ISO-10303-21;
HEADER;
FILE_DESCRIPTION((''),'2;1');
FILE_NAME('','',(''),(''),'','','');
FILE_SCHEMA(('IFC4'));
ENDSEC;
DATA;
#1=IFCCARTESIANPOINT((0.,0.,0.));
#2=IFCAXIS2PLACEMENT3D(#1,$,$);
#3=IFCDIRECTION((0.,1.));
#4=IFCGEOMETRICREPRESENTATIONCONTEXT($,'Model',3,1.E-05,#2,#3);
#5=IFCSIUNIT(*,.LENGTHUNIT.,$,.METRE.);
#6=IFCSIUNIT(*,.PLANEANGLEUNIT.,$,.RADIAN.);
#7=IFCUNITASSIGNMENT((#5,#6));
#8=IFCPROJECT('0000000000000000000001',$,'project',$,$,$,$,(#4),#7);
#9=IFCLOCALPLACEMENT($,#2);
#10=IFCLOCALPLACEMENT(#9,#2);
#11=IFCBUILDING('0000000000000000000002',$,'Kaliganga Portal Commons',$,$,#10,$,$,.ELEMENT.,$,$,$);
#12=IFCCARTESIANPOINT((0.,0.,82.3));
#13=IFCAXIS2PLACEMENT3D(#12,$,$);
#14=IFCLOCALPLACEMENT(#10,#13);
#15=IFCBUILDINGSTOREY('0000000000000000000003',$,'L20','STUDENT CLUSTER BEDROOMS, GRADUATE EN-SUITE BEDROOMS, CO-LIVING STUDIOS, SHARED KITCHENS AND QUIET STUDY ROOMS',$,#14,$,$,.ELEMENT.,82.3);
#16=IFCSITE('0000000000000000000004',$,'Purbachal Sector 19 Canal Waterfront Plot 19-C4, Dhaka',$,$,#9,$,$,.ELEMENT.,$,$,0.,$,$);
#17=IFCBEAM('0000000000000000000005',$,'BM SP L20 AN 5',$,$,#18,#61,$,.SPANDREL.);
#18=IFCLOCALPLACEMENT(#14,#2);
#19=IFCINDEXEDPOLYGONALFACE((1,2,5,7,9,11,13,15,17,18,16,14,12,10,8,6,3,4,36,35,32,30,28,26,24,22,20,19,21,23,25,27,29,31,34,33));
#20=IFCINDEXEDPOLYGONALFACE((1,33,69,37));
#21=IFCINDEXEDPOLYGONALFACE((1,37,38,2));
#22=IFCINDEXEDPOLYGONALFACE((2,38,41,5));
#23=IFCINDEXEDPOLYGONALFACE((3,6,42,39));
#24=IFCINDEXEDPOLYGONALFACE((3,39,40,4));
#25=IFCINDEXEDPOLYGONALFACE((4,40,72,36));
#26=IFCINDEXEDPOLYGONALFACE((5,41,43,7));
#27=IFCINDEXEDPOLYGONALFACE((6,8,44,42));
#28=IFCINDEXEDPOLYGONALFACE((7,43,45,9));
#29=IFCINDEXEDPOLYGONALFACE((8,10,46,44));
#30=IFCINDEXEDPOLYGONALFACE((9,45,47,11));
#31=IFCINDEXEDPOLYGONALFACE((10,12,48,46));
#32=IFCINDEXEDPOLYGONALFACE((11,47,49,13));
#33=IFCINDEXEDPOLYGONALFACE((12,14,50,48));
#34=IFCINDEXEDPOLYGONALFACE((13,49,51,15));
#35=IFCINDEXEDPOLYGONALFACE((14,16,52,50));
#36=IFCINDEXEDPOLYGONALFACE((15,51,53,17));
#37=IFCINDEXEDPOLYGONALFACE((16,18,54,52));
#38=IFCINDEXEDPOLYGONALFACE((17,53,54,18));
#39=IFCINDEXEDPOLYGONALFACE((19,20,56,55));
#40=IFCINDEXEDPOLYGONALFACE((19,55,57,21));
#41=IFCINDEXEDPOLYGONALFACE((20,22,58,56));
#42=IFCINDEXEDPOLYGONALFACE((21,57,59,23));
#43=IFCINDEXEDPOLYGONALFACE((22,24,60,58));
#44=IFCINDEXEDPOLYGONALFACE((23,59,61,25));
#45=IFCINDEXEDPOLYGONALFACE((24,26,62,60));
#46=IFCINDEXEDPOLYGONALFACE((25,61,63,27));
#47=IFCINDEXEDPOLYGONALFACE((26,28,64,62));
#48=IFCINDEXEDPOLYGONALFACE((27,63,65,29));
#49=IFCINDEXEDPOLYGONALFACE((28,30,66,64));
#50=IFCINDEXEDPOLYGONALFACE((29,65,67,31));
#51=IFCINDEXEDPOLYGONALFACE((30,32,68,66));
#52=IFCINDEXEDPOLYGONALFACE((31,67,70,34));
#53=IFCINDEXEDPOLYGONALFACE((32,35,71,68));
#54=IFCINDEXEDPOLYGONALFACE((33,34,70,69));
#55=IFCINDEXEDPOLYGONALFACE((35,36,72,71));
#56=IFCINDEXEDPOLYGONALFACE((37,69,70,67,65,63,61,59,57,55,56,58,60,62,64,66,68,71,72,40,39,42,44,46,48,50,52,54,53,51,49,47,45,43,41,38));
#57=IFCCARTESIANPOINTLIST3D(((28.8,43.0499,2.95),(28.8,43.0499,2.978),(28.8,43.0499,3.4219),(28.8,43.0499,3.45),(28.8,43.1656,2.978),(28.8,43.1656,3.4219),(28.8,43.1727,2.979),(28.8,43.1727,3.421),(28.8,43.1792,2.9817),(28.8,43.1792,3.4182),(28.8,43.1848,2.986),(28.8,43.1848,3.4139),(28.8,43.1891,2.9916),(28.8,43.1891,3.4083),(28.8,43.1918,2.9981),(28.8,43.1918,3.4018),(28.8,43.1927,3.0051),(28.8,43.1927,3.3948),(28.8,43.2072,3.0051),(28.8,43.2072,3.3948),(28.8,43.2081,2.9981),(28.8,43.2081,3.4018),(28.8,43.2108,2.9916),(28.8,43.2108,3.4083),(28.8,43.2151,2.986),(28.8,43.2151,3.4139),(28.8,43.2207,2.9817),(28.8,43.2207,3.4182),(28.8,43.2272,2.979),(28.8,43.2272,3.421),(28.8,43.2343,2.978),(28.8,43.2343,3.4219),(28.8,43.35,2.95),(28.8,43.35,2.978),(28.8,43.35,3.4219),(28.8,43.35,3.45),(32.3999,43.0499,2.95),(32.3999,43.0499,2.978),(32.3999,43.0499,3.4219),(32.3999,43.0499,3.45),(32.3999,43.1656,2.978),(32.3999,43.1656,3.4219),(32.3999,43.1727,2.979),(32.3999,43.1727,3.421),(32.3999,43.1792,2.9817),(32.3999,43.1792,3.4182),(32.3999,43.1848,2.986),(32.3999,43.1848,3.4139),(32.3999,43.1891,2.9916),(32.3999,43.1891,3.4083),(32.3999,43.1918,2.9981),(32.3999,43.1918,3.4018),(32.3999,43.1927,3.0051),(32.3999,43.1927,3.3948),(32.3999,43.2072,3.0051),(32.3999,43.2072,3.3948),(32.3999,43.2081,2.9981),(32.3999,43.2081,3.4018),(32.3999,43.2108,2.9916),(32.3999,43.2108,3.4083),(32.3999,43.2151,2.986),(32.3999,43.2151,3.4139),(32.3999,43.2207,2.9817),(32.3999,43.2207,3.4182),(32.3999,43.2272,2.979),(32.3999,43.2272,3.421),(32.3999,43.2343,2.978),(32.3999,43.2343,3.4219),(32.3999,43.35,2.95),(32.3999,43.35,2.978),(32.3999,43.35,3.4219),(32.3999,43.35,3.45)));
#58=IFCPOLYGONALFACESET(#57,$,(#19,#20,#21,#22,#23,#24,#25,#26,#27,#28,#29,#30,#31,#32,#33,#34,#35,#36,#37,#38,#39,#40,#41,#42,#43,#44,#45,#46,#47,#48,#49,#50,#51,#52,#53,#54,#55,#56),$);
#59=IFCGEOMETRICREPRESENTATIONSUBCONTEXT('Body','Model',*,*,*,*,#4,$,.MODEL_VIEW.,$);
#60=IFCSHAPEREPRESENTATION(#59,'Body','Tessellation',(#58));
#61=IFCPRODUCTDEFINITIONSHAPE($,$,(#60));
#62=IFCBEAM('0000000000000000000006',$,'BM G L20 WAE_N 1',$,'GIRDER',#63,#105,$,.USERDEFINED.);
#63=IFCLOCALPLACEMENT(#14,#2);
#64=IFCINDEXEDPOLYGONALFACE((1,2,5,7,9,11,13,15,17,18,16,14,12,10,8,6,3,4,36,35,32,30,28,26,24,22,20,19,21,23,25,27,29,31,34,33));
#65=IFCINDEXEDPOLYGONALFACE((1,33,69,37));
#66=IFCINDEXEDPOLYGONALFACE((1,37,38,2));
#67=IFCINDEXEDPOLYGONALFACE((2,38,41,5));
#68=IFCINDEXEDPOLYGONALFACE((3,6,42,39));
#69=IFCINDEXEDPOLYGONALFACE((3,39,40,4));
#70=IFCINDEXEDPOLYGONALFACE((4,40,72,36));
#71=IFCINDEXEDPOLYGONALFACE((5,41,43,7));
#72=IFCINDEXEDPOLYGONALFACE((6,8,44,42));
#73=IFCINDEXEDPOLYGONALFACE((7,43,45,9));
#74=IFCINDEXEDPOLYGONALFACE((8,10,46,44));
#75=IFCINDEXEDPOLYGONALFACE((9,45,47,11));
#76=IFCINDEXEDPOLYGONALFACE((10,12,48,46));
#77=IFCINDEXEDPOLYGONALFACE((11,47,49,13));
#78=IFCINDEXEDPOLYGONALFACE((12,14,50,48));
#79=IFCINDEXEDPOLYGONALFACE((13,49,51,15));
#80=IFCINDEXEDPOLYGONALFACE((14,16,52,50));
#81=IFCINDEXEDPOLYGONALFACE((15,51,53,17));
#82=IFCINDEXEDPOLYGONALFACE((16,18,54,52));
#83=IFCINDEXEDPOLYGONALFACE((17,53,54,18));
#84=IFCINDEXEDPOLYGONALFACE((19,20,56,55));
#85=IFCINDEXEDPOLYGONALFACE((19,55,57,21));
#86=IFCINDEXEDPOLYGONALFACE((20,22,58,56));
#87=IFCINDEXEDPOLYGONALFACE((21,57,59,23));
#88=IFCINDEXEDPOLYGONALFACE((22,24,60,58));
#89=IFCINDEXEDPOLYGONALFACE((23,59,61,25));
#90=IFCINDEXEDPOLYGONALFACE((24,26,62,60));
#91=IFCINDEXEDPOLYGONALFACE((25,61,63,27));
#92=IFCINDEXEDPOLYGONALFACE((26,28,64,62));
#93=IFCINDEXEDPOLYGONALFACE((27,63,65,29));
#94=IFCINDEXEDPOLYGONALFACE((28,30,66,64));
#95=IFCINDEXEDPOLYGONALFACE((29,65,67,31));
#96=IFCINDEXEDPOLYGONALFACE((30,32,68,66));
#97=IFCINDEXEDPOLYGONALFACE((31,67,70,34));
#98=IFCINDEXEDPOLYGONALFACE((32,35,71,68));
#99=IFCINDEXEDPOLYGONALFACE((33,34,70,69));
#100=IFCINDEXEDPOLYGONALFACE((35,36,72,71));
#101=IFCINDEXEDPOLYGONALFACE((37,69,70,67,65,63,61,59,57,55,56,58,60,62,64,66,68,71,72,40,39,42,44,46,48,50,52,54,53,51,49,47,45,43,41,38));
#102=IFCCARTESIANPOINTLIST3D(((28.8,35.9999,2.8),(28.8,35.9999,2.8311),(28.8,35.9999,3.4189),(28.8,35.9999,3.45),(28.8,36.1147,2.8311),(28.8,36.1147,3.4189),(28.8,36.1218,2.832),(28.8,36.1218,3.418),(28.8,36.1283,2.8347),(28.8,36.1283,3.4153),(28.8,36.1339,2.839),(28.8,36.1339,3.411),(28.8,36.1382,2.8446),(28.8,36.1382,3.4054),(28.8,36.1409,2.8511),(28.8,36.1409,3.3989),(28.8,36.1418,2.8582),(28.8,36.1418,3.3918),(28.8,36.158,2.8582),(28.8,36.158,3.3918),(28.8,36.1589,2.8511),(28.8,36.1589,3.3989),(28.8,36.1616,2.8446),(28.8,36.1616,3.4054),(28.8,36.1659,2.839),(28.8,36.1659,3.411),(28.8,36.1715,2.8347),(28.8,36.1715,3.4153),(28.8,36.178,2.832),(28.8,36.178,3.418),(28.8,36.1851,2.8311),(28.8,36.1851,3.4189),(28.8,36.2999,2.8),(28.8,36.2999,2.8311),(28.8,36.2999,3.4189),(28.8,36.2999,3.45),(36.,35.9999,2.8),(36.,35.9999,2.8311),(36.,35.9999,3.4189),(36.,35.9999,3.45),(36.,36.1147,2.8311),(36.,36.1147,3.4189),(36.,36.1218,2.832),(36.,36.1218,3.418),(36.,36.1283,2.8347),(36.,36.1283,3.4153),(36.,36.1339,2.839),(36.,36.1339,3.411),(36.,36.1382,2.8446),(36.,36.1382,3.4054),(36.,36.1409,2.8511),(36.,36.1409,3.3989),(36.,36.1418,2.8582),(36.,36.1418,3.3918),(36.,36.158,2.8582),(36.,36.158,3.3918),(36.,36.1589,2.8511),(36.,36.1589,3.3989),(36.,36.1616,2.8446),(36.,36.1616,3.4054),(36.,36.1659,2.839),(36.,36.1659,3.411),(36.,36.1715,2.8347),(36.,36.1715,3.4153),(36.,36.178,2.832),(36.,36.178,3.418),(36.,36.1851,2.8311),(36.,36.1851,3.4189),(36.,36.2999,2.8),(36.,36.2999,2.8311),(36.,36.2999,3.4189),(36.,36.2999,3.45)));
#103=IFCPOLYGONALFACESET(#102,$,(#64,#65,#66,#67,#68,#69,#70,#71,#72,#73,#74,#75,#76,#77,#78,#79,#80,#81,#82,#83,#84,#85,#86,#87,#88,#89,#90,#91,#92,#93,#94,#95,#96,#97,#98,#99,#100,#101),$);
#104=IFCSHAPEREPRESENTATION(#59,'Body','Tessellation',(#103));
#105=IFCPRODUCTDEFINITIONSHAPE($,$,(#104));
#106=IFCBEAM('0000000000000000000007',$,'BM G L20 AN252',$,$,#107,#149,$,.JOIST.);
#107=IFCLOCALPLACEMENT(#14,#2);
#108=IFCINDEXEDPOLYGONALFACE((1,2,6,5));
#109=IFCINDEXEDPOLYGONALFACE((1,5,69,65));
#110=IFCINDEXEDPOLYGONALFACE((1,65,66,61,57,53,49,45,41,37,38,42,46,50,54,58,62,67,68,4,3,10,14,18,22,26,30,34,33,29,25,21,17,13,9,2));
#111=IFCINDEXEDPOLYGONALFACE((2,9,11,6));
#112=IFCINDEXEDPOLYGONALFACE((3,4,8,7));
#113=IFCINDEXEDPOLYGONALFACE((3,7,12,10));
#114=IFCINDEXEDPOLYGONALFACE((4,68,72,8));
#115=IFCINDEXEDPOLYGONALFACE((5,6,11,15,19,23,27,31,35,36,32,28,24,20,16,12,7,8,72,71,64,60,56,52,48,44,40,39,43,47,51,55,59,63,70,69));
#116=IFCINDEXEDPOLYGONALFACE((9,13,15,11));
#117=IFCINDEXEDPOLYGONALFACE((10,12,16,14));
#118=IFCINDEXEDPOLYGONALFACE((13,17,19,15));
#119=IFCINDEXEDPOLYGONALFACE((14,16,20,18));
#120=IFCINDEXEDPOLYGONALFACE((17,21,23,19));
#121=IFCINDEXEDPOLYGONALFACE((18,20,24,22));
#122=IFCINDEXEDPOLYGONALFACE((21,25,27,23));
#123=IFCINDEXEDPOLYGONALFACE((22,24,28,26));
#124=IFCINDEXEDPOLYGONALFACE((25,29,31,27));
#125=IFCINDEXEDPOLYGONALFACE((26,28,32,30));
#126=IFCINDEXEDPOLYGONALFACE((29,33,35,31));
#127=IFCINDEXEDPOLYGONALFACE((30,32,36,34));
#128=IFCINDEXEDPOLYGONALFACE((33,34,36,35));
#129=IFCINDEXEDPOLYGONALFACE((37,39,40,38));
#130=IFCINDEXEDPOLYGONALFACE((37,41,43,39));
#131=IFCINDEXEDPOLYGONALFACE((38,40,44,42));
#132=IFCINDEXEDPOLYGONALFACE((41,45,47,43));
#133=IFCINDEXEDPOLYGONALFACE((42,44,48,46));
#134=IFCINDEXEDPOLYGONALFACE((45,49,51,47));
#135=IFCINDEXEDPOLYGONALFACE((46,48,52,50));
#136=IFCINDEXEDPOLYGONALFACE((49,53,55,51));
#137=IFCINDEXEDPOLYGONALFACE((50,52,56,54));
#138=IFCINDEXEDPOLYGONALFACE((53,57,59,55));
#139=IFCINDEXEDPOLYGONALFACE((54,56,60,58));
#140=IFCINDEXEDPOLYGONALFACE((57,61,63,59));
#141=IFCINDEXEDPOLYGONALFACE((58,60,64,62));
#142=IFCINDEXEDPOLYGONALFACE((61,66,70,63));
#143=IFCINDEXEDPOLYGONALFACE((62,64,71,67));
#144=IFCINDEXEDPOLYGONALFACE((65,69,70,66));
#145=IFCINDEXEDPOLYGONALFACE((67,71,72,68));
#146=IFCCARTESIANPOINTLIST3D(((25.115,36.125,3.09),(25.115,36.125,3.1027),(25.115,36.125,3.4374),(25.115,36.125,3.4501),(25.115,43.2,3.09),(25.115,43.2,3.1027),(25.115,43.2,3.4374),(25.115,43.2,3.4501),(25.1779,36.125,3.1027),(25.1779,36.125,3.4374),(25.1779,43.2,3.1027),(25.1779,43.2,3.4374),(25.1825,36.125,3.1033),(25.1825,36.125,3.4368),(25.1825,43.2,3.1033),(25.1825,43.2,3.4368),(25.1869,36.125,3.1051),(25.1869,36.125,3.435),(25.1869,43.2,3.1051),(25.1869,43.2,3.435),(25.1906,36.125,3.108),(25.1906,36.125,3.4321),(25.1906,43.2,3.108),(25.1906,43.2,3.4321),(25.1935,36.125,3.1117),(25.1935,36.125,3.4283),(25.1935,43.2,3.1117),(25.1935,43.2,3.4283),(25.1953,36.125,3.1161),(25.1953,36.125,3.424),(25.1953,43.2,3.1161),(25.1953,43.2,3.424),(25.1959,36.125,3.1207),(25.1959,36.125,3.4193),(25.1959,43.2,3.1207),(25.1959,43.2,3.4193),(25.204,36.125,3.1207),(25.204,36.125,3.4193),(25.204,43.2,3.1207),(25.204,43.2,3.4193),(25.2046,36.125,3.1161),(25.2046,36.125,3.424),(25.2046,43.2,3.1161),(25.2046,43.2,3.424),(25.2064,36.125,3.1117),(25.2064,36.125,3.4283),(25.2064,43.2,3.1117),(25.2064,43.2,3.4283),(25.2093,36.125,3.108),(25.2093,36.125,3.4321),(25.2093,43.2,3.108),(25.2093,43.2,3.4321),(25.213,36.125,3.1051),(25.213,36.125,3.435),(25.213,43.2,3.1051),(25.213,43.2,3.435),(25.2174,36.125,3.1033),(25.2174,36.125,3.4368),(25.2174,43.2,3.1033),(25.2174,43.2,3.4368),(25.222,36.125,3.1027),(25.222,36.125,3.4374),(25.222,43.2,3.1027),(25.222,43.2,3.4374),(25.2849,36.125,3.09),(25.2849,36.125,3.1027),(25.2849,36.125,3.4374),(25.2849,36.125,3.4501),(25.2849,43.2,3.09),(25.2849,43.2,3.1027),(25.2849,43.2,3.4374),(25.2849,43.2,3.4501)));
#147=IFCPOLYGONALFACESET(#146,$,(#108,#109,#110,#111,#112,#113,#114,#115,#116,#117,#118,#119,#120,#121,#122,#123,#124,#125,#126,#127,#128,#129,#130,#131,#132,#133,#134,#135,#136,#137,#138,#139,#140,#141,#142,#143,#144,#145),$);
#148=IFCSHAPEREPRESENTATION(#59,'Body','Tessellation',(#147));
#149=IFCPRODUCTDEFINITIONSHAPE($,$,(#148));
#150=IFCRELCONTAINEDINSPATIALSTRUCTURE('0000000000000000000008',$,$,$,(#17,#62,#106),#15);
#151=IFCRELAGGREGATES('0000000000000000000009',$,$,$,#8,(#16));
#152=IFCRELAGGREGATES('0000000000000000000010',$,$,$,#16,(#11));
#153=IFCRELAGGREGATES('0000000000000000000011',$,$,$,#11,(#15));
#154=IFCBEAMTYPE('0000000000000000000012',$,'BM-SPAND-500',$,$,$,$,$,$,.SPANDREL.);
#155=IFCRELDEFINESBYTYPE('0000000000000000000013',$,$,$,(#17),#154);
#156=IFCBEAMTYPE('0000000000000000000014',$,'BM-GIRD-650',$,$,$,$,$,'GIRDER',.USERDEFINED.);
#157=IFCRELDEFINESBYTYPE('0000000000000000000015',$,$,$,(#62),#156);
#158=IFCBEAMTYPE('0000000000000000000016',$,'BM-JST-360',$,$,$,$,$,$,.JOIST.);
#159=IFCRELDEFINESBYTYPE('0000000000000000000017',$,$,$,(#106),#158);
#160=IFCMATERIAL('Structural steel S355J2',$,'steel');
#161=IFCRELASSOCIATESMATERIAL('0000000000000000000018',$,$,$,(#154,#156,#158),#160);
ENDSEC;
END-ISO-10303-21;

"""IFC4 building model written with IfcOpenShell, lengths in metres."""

from ifc_helpers import new_model, si_unit, direction, frame, origin, origin_2d, place, context, subcontext, project, spatial, i_section, extrude, source, transform, mapped, material, material_profile, profile_set, type_object, element, save


model = new_model("IFC4")

# Units and contexts
model_context = context("Model", 3, precision=1e-05, world=origin(), true_north=direction((0.0, 1.0)))
body_context = subcontext(model_context, "Body", "Model", "MODEL_VIEW")
ifc_project = project(units=[si_unit("LENGTHUNIT", "METRE"), si_unit("PLANEANGLEUNIT", "RADIAN")], contexts=[model_context])

# Site, building, storey
site_placement = place(None, origin())
site = spatial("IfcSite", under=ifc_project, at=site_placement, Name="Purbachal Sector 19 Canal Waterfront Plot 19-C4, Dhaka", CompositionType="ELEMENT", RefElevation=0.0)
building_placement = place(site_placement, origin())
building = spatial("IfcBuilding", under=site, at=building_placement, Name="Kaliganga Portal Commons", CompositionType="ELEMENT")
storey_placement = place(building_placement, frame((0.0, 0.0, 82.3)))
storey = spatial("IfcBuildingStorey", under=building, at=storey_placement, Name="L20", Description="STUDENT CLUSTER BEDROOMS, GRADUATE EN-SUITE BEDROOMS, CO-LIVING STUDIOS, SHARED KITCHENS AND QUIET STUDY ROOMS", CompositionType="ELEMENT", Elevation=82.3)

# Beams
ifc_material_1 = material(Name="Structural steel S355J2", Category="steel")
ifc_material_profile_1 = material_profile(ifc_material_1, i_section(OverallWidth=0.3, OverallDepth=0.5, WebThickness=0.0144, FlangeThickness=0.0281, FilletRadius=0.0271, at=origin_2d()), Name="HE 500 B")
ifc_profile_set_1 = profile_set([ifc_material_profile_1], Name="Structural steel S355J2 wide-flange")
beam_type_1 = type_object("IfcBeamType", Name="BM-SPAND-500", PredefinedType="SPANDREL", material=ifc_profile_set_1)
shared_shape_1 = source(origin(), body_context, "Body", "SweptSolid", [
    extrude(i_section(OverallWidth=0.3, OverallDepth=0.5, WebThickness=0.0144, FlangeThickness=0.0281, FilletRadius=0.0271, at=origin_2d()), origin(), (0.0, 0.0, 1.0), 3.5999),
])
for number, where, z_axis, x_axis, name in (
    (1, (28.8, 43.2, 3.2), (1.0, 0.0, 0.0), (0.0, 1.0, 0.0), "BM SP L20 AN 5"),
):
    element("IfcBeam", number, at=place(storey_placement, frame(where, z_axis=z_axis, x_axis=x_axis)), inside=storey, type_object=beam_type_1, Name=name, PredefinedType="SPANDREL", context=body_context, shape_type="MappedRepresentation", body=[
        mapped(shared_shape_1, transform((0.0, 0.0, 0.0), x_axis=(1.0, 0.0, 0.0), y_axis=(0.0, 1.0, 0.0), z_axis=(0.0, 0.0, 1.0), scale=1.0)),
    ])
ifc_material_profile_2 = material_profile(ifc_material_1, i_section(OverallWidth=0.3, OverallDepth=0.6499, WebThickness=0.0161, FlangeThickness=0.031, FilletRadius=0.0271, at=origin_2d()), Name="HE 650 B")
ifc_profile_set_2 = profile_set([ifc_material_profile_2], Name="Structural steel S355J2 wide-flange")
beam_type_2 = type_object("IfcBeamType", Name="BM-GIRD-650", ElementType="GIRDER", PredefinedType="USERDEFINED", material=ifc_profile_set_2)
shared_shape_2 = source(origin(), body_context, "Body", "SweptSolid", [
    extrude(i_section(OverallWidth=0.3, OverallDepth=0.6499, WebThickness=0.0161, FlangeThickness=0.031, FilletRadius=0.0271, at=origin_2d()), origin(), (0.0, 0.0, 1.0), 7.2),
])
beam_1_placement = place(storey_placement, frame((28.8, 36.1499, 3.125), z_axis=(1.0, 0.0, 0.0), x_axis=(0.0, 1.0, 0.0)))
element("IfcBeam", 2, at=beam_1_placement, inside=storey, type_object=beam_type_2, Name="BM G L20 WAE_N 1", ObjectType="GIRDER", PredefinedType="USERDEFINED", context=body_context, shape_type="MappedRepresentation", body=[
    mapped(shared_shape_2, transform((0.0, 0.0, 0.0), x_axis=(1.0, 0.0, 0.0), y_axis=(0.0, 1.0, 0.0), z_axis=(0.0, 0.0, 1.0), scale=1.0)),
])
ifc_material_profile_3 = material_profile(ifc_material_1, i_section(OverallWidth=0.1699, OverallDepth=0.3601, WebThickness=0.0081, FlangeThickness=0.0127, FilletRadius=0.0181, at=origin_2d()), Name="IPE 360")
ifc_profile_set_3 = profile_set([ifc_material_profile_3], Name="Structural steel S355J2 wide-flange")
beam_type_3 = type_object("IfcBeamType", Name="BM-JST-360", PredefinedType="JOIST", material=ifc_profile_set_3)
shared_shape_3 = source(origin(), body_context, "Body", "SweptSolid", [
    extrude(i_section(OverallWidth=0.1699, OverallDepth=0.3601, WebThickness=0.0081, FlangeThickness=0.0127, FilletRadius=0.0181, at=origin_2d()), origin(), (0.0, 0.0, 1.0), 7.075),
])
beam_2_placement = place(storey_placement, frame((25.2, 36.125, 3.27), z_axis=(0.0, 1.0, 0.0), x_axis=(-1.0, 0.0, 0.0)))
element("IfcBeam", 3, at=beam_2_placement, inside=storey, type_object=beam_type_3, Name="BM G L20 AN252", PredefinedType="JOIST", context=body_context, shape_type="MappedRepresentation", body=[
    mapped(shared_shape_3, transform((0.0, 0.0, 0.0), x_axis=(1.0, 0.0, 0.0), y_axis=(0.0, 1.0, 0.0), z_axis=(0.0, 0.0, 1.0), scale=1.0)),
])

save(model, "model.ifc")
